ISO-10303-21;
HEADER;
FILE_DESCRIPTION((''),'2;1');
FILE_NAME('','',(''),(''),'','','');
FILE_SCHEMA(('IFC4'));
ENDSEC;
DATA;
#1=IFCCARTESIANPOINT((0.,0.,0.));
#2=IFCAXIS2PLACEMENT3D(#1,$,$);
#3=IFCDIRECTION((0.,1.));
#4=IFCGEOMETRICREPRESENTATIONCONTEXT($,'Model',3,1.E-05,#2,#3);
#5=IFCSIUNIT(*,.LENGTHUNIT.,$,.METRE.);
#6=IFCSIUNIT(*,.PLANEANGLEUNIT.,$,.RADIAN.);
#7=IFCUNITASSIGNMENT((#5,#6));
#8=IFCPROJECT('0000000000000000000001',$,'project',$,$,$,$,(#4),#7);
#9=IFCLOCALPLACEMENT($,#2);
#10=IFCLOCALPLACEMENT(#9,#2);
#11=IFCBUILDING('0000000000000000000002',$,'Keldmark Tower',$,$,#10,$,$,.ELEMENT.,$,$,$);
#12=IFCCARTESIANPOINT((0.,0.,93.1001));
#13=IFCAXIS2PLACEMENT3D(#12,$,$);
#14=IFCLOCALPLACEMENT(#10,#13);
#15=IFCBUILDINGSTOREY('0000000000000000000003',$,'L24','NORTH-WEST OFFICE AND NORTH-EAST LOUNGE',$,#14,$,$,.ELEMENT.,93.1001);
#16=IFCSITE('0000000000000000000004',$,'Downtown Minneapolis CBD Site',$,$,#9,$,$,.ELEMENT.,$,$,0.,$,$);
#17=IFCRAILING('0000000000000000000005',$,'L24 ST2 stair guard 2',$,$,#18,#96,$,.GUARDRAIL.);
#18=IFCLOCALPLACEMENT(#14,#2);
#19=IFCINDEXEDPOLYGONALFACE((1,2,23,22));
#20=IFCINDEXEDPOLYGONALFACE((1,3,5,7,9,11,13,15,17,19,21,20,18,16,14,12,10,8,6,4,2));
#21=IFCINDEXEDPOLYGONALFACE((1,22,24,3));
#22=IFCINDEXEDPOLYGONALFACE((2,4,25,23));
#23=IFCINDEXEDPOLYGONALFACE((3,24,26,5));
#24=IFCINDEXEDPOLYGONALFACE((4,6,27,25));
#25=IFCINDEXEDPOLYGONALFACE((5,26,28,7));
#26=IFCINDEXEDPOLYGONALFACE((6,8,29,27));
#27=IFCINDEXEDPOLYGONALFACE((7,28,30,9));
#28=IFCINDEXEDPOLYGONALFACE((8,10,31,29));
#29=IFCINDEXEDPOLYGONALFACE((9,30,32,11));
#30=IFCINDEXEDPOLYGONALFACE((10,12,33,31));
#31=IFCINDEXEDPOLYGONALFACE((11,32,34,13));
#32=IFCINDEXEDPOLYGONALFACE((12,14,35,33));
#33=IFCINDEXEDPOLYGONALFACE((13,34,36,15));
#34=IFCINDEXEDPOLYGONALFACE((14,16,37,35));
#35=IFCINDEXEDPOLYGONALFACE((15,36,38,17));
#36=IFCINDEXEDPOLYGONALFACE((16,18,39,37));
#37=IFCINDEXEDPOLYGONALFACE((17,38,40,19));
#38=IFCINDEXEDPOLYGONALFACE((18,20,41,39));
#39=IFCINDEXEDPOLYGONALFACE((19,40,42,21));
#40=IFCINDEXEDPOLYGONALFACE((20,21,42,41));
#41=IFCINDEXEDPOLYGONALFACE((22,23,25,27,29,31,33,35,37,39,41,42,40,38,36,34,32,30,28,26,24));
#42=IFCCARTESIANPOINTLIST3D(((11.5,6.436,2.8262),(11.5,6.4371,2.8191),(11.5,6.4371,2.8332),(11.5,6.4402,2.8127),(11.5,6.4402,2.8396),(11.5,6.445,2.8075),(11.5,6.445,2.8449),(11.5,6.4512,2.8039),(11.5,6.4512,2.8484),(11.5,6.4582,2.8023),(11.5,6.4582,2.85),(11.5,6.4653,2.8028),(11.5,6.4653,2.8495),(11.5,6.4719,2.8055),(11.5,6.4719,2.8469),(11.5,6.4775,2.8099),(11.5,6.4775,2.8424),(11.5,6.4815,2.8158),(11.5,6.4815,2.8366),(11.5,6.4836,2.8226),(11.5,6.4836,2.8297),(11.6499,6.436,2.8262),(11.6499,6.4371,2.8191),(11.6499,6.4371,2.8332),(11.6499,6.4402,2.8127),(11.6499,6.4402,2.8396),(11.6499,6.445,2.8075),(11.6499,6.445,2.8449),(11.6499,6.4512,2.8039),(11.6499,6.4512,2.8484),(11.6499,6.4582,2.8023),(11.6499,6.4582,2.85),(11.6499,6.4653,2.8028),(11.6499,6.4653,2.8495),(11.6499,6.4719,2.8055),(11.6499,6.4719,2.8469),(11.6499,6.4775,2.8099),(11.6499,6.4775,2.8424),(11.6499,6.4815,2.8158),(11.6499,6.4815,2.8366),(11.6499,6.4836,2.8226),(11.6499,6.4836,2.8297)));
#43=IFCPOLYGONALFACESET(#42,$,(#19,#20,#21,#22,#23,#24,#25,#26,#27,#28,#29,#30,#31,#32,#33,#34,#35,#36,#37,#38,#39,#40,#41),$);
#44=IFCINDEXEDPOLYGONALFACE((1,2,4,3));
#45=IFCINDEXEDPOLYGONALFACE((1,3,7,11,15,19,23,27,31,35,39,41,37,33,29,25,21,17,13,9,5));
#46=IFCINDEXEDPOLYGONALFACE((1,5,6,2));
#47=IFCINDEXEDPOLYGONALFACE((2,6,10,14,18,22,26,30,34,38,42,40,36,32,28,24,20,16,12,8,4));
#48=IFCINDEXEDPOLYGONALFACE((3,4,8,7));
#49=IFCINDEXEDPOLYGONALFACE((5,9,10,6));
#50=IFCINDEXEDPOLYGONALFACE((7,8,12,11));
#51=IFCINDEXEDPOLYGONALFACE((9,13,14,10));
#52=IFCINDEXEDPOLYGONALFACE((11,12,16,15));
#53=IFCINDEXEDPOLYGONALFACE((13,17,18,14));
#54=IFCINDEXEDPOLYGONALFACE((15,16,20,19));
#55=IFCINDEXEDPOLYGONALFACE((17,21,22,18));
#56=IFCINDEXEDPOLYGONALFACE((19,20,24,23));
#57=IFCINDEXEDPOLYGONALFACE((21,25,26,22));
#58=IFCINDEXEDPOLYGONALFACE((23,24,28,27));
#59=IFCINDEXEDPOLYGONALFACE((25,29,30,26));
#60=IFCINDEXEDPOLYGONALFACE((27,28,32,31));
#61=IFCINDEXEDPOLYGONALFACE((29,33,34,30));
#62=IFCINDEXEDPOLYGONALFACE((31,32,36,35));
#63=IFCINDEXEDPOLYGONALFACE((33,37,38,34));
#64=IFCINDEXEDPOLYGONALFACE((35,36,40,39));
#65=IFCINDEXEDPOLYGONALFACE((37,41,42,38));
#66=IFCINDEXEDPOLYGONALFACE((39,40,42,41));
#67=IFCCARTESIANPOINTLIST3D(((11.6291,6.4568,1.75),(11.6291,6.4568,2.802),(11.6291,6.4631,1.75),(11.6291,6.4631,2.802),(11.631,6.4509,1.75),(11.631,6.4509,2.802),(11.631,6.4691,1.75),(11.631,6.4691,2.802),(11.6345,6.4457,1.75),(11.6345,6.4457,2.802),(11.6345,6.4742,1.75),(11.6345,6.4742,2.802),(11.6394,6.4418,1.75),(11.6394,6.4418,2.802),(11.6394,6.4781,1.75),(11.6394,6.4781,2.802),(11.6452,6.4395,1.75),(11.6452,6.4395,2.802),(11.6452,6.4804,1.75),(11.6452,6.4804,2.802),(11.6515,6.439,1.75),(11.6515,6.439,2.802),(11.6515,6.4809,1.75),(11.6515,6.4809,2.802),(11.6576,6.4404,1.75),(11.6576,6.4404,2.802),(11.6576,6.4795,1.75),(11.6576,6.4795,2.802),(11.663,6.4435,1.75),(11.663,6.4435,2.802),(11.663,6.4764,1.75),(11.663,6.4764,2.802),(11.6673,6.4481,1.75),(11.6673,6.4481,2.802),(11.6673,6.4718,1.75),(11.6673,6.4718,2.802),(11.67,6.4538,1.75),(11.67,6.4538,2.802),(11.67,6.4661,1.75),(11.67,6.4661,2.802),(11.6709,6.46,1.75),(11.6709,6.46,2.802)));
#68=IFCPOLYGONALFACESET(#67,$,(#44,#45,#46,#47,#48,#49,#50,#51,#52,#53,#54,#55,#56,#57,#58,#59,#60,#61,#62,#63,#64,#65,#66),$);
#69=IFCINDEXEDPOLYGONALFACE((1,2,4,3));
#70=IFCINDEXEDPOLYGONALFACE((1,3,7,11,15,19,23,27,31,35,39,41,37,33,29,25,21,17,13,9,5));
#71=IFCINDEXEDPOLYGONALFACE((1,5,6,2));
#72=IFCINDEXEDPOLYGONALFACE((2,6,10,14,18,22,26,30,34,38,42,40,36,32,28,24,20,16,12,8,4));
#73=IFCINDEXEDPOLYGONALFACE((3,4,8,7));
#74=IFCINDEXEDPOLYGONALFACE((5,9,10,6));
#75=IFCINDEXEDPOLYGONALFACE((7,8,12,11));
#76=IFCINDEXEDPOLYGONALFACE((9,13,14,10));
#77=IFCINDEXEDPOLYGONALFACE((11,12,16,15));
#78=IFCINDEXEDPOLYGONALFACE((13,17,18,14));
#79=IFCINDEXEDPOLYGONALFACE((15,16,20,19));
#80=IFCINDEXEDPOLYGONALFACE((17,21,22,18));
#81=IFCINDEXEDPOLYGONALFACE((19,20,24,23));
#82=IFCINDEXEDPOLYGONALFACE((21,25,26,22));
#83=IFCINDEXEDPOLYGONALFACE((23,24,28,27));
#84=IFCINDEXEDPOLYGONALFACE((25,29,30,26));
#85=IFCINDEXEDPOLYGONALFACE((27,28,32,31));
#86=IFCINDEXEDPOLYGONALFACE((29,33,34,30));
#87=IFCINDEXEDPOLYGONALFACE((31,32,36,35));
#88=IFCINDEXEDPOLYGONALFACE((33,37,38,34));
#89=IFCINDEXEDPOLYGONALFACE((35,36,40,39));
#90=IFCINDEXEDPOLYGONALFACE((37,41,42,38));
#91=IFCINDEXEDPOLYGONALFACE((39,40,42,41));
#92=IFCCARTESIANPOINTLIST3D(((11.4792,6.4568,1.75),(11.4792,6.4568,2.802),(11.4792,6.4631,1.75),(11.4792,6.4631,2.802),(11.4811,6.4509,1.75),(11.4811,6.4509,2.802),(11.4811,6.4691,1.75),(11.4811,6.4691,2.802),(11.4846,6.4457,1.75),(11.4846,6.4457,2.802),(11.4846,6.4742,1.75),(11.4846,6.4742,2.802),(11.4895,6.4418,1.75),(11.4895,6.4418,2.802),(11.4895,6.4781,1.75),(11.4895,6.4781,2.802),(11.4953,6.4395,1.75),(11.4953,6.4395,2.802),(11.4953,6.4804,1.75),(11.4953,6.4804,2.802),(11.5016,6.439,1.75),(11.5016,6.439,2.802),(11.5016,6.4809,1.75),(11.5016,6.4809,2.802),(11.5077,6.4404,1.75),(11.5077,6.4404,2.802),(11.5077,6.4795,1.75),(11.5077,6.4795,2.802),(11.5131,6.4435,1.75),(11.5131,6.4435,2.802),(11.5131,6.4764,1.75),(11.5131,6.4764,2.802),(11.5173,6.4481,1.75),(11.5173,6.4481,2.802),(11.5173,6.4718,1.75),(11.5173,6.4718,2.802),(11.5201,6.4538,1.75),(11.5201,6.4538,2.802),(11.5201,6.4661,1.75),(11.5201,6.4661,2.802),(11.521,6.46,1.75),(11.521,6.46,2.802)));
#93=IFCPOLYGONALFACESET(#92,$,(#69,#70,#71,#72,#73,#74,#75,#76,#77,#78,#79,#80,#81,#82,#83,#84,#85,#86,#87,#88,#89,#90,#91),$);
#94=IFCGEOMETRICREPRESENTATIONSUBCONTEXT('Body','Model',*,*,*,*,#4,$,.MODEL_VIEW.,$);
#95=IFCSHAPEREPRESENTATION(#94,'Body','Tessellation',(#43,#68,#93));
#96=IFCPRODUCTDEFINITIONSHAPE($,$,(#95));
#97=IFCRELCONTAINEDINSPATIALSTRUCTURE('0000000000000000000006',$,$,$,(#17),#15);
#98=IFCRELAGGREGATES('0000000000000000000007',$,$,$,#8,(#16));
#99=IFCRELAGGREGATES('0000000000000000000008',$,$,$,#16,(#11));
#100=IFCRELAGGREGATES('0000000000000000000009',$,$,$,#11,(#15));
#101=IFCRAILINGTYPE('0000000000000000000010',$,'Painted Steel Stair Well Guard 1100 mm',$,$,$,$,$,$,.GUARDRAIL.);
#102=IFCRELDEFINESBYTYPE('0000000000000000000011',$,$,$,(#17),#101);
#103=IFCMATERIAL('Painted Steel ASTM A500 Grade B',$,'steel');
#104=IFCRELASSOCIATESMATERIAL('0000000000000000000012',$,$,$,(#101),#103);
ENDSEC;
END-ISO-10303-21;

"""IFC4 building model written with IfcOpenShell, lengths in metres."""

from ifc_helpers import new_model, si_unit, direction, frame, origin, origin_2d, place, context, subcontext, project, spatial, circle, extrude, material, type_object, element, save


model = new_model("IFC4")

# Units and contexts
model_context = context("Model", 3, precision=1e-05, world=origin(), true_north=direction((0.0, 1.0)))
body_context = subcontext(model_context, "Body", "Model", "MODEL_VIEW")
ifc_project = project(units=[si_unit("LENGTHUNIT", "METRE"), si_unit("PLANEANGLEUNIT", "RADIAN")], contexts=[model_context])

# Site, building, storey
site_placement = place(None, origin())
site = spatial("IfcSite", under=ifc_project, at=site_placement, Name="Downtown Minneapolis CBD Site", CompositionType="ELEMENT", RefElevation=0.0)
building_placement = place(site_placement, origin())
building = spatial("IfcBuilding", under=site, at=building_placement, Name="Keldmark Tower", CompositionType="ELEMENT")
storey_placement = place(building_placement, frame((0.0, 0.0, 93.1001)))
storey = spatial("IfcBuildingStorey", under=building, at=storey_placement, Name="L24", Description="NORTH-WEST OFFICE AND NORTH-EAST LOUNGE", CompositionType="ELEMENT", Elevation=93.1001)

# Railing
ifc_material_1 = material(Name="Painted Steel ASTM A500 Grade B", Category="steel")
railing_type_1 = type_object("IfcRailingType", Name="Painted Steel Stair Well Guard 1100 mm", PredefinedType="GUARDRAIL", material=ifc_material_1)
railing_1_placement = place(storey_placement, frame((11.6499, 6.46, 1.75)))
element("IfcRailing", 1, at=railing_1_placement, inside=storey, type_object=railing_type_1, Name="L24 ST2 stair guard 2", PredefinedType="GUARDRAIL", context=body_context, shape_type="SweptSolid", body=[
    extrude(circle(Radius=0.0239, at=origin_2d()), frame((0.0, 0.0, 1.0762), z_axis=(-1.0, 0.0, 0.0), x_axis=(0.0, -1.0, 0.0)), (0.0, 0.0, 1.0), 0.1499),
    extrude(circle(Radius=0.021, at=origin_2d()), origin(), (0.0, 0.0, 1.0), 1.052),
    extrude(circle(Radius=0.021, at=origin_2d()), frame((-0.1499, 0.0, 0.0)), (0.0, 0.0, 1.0), 1.052),
])

save(model, "model.ifc")
